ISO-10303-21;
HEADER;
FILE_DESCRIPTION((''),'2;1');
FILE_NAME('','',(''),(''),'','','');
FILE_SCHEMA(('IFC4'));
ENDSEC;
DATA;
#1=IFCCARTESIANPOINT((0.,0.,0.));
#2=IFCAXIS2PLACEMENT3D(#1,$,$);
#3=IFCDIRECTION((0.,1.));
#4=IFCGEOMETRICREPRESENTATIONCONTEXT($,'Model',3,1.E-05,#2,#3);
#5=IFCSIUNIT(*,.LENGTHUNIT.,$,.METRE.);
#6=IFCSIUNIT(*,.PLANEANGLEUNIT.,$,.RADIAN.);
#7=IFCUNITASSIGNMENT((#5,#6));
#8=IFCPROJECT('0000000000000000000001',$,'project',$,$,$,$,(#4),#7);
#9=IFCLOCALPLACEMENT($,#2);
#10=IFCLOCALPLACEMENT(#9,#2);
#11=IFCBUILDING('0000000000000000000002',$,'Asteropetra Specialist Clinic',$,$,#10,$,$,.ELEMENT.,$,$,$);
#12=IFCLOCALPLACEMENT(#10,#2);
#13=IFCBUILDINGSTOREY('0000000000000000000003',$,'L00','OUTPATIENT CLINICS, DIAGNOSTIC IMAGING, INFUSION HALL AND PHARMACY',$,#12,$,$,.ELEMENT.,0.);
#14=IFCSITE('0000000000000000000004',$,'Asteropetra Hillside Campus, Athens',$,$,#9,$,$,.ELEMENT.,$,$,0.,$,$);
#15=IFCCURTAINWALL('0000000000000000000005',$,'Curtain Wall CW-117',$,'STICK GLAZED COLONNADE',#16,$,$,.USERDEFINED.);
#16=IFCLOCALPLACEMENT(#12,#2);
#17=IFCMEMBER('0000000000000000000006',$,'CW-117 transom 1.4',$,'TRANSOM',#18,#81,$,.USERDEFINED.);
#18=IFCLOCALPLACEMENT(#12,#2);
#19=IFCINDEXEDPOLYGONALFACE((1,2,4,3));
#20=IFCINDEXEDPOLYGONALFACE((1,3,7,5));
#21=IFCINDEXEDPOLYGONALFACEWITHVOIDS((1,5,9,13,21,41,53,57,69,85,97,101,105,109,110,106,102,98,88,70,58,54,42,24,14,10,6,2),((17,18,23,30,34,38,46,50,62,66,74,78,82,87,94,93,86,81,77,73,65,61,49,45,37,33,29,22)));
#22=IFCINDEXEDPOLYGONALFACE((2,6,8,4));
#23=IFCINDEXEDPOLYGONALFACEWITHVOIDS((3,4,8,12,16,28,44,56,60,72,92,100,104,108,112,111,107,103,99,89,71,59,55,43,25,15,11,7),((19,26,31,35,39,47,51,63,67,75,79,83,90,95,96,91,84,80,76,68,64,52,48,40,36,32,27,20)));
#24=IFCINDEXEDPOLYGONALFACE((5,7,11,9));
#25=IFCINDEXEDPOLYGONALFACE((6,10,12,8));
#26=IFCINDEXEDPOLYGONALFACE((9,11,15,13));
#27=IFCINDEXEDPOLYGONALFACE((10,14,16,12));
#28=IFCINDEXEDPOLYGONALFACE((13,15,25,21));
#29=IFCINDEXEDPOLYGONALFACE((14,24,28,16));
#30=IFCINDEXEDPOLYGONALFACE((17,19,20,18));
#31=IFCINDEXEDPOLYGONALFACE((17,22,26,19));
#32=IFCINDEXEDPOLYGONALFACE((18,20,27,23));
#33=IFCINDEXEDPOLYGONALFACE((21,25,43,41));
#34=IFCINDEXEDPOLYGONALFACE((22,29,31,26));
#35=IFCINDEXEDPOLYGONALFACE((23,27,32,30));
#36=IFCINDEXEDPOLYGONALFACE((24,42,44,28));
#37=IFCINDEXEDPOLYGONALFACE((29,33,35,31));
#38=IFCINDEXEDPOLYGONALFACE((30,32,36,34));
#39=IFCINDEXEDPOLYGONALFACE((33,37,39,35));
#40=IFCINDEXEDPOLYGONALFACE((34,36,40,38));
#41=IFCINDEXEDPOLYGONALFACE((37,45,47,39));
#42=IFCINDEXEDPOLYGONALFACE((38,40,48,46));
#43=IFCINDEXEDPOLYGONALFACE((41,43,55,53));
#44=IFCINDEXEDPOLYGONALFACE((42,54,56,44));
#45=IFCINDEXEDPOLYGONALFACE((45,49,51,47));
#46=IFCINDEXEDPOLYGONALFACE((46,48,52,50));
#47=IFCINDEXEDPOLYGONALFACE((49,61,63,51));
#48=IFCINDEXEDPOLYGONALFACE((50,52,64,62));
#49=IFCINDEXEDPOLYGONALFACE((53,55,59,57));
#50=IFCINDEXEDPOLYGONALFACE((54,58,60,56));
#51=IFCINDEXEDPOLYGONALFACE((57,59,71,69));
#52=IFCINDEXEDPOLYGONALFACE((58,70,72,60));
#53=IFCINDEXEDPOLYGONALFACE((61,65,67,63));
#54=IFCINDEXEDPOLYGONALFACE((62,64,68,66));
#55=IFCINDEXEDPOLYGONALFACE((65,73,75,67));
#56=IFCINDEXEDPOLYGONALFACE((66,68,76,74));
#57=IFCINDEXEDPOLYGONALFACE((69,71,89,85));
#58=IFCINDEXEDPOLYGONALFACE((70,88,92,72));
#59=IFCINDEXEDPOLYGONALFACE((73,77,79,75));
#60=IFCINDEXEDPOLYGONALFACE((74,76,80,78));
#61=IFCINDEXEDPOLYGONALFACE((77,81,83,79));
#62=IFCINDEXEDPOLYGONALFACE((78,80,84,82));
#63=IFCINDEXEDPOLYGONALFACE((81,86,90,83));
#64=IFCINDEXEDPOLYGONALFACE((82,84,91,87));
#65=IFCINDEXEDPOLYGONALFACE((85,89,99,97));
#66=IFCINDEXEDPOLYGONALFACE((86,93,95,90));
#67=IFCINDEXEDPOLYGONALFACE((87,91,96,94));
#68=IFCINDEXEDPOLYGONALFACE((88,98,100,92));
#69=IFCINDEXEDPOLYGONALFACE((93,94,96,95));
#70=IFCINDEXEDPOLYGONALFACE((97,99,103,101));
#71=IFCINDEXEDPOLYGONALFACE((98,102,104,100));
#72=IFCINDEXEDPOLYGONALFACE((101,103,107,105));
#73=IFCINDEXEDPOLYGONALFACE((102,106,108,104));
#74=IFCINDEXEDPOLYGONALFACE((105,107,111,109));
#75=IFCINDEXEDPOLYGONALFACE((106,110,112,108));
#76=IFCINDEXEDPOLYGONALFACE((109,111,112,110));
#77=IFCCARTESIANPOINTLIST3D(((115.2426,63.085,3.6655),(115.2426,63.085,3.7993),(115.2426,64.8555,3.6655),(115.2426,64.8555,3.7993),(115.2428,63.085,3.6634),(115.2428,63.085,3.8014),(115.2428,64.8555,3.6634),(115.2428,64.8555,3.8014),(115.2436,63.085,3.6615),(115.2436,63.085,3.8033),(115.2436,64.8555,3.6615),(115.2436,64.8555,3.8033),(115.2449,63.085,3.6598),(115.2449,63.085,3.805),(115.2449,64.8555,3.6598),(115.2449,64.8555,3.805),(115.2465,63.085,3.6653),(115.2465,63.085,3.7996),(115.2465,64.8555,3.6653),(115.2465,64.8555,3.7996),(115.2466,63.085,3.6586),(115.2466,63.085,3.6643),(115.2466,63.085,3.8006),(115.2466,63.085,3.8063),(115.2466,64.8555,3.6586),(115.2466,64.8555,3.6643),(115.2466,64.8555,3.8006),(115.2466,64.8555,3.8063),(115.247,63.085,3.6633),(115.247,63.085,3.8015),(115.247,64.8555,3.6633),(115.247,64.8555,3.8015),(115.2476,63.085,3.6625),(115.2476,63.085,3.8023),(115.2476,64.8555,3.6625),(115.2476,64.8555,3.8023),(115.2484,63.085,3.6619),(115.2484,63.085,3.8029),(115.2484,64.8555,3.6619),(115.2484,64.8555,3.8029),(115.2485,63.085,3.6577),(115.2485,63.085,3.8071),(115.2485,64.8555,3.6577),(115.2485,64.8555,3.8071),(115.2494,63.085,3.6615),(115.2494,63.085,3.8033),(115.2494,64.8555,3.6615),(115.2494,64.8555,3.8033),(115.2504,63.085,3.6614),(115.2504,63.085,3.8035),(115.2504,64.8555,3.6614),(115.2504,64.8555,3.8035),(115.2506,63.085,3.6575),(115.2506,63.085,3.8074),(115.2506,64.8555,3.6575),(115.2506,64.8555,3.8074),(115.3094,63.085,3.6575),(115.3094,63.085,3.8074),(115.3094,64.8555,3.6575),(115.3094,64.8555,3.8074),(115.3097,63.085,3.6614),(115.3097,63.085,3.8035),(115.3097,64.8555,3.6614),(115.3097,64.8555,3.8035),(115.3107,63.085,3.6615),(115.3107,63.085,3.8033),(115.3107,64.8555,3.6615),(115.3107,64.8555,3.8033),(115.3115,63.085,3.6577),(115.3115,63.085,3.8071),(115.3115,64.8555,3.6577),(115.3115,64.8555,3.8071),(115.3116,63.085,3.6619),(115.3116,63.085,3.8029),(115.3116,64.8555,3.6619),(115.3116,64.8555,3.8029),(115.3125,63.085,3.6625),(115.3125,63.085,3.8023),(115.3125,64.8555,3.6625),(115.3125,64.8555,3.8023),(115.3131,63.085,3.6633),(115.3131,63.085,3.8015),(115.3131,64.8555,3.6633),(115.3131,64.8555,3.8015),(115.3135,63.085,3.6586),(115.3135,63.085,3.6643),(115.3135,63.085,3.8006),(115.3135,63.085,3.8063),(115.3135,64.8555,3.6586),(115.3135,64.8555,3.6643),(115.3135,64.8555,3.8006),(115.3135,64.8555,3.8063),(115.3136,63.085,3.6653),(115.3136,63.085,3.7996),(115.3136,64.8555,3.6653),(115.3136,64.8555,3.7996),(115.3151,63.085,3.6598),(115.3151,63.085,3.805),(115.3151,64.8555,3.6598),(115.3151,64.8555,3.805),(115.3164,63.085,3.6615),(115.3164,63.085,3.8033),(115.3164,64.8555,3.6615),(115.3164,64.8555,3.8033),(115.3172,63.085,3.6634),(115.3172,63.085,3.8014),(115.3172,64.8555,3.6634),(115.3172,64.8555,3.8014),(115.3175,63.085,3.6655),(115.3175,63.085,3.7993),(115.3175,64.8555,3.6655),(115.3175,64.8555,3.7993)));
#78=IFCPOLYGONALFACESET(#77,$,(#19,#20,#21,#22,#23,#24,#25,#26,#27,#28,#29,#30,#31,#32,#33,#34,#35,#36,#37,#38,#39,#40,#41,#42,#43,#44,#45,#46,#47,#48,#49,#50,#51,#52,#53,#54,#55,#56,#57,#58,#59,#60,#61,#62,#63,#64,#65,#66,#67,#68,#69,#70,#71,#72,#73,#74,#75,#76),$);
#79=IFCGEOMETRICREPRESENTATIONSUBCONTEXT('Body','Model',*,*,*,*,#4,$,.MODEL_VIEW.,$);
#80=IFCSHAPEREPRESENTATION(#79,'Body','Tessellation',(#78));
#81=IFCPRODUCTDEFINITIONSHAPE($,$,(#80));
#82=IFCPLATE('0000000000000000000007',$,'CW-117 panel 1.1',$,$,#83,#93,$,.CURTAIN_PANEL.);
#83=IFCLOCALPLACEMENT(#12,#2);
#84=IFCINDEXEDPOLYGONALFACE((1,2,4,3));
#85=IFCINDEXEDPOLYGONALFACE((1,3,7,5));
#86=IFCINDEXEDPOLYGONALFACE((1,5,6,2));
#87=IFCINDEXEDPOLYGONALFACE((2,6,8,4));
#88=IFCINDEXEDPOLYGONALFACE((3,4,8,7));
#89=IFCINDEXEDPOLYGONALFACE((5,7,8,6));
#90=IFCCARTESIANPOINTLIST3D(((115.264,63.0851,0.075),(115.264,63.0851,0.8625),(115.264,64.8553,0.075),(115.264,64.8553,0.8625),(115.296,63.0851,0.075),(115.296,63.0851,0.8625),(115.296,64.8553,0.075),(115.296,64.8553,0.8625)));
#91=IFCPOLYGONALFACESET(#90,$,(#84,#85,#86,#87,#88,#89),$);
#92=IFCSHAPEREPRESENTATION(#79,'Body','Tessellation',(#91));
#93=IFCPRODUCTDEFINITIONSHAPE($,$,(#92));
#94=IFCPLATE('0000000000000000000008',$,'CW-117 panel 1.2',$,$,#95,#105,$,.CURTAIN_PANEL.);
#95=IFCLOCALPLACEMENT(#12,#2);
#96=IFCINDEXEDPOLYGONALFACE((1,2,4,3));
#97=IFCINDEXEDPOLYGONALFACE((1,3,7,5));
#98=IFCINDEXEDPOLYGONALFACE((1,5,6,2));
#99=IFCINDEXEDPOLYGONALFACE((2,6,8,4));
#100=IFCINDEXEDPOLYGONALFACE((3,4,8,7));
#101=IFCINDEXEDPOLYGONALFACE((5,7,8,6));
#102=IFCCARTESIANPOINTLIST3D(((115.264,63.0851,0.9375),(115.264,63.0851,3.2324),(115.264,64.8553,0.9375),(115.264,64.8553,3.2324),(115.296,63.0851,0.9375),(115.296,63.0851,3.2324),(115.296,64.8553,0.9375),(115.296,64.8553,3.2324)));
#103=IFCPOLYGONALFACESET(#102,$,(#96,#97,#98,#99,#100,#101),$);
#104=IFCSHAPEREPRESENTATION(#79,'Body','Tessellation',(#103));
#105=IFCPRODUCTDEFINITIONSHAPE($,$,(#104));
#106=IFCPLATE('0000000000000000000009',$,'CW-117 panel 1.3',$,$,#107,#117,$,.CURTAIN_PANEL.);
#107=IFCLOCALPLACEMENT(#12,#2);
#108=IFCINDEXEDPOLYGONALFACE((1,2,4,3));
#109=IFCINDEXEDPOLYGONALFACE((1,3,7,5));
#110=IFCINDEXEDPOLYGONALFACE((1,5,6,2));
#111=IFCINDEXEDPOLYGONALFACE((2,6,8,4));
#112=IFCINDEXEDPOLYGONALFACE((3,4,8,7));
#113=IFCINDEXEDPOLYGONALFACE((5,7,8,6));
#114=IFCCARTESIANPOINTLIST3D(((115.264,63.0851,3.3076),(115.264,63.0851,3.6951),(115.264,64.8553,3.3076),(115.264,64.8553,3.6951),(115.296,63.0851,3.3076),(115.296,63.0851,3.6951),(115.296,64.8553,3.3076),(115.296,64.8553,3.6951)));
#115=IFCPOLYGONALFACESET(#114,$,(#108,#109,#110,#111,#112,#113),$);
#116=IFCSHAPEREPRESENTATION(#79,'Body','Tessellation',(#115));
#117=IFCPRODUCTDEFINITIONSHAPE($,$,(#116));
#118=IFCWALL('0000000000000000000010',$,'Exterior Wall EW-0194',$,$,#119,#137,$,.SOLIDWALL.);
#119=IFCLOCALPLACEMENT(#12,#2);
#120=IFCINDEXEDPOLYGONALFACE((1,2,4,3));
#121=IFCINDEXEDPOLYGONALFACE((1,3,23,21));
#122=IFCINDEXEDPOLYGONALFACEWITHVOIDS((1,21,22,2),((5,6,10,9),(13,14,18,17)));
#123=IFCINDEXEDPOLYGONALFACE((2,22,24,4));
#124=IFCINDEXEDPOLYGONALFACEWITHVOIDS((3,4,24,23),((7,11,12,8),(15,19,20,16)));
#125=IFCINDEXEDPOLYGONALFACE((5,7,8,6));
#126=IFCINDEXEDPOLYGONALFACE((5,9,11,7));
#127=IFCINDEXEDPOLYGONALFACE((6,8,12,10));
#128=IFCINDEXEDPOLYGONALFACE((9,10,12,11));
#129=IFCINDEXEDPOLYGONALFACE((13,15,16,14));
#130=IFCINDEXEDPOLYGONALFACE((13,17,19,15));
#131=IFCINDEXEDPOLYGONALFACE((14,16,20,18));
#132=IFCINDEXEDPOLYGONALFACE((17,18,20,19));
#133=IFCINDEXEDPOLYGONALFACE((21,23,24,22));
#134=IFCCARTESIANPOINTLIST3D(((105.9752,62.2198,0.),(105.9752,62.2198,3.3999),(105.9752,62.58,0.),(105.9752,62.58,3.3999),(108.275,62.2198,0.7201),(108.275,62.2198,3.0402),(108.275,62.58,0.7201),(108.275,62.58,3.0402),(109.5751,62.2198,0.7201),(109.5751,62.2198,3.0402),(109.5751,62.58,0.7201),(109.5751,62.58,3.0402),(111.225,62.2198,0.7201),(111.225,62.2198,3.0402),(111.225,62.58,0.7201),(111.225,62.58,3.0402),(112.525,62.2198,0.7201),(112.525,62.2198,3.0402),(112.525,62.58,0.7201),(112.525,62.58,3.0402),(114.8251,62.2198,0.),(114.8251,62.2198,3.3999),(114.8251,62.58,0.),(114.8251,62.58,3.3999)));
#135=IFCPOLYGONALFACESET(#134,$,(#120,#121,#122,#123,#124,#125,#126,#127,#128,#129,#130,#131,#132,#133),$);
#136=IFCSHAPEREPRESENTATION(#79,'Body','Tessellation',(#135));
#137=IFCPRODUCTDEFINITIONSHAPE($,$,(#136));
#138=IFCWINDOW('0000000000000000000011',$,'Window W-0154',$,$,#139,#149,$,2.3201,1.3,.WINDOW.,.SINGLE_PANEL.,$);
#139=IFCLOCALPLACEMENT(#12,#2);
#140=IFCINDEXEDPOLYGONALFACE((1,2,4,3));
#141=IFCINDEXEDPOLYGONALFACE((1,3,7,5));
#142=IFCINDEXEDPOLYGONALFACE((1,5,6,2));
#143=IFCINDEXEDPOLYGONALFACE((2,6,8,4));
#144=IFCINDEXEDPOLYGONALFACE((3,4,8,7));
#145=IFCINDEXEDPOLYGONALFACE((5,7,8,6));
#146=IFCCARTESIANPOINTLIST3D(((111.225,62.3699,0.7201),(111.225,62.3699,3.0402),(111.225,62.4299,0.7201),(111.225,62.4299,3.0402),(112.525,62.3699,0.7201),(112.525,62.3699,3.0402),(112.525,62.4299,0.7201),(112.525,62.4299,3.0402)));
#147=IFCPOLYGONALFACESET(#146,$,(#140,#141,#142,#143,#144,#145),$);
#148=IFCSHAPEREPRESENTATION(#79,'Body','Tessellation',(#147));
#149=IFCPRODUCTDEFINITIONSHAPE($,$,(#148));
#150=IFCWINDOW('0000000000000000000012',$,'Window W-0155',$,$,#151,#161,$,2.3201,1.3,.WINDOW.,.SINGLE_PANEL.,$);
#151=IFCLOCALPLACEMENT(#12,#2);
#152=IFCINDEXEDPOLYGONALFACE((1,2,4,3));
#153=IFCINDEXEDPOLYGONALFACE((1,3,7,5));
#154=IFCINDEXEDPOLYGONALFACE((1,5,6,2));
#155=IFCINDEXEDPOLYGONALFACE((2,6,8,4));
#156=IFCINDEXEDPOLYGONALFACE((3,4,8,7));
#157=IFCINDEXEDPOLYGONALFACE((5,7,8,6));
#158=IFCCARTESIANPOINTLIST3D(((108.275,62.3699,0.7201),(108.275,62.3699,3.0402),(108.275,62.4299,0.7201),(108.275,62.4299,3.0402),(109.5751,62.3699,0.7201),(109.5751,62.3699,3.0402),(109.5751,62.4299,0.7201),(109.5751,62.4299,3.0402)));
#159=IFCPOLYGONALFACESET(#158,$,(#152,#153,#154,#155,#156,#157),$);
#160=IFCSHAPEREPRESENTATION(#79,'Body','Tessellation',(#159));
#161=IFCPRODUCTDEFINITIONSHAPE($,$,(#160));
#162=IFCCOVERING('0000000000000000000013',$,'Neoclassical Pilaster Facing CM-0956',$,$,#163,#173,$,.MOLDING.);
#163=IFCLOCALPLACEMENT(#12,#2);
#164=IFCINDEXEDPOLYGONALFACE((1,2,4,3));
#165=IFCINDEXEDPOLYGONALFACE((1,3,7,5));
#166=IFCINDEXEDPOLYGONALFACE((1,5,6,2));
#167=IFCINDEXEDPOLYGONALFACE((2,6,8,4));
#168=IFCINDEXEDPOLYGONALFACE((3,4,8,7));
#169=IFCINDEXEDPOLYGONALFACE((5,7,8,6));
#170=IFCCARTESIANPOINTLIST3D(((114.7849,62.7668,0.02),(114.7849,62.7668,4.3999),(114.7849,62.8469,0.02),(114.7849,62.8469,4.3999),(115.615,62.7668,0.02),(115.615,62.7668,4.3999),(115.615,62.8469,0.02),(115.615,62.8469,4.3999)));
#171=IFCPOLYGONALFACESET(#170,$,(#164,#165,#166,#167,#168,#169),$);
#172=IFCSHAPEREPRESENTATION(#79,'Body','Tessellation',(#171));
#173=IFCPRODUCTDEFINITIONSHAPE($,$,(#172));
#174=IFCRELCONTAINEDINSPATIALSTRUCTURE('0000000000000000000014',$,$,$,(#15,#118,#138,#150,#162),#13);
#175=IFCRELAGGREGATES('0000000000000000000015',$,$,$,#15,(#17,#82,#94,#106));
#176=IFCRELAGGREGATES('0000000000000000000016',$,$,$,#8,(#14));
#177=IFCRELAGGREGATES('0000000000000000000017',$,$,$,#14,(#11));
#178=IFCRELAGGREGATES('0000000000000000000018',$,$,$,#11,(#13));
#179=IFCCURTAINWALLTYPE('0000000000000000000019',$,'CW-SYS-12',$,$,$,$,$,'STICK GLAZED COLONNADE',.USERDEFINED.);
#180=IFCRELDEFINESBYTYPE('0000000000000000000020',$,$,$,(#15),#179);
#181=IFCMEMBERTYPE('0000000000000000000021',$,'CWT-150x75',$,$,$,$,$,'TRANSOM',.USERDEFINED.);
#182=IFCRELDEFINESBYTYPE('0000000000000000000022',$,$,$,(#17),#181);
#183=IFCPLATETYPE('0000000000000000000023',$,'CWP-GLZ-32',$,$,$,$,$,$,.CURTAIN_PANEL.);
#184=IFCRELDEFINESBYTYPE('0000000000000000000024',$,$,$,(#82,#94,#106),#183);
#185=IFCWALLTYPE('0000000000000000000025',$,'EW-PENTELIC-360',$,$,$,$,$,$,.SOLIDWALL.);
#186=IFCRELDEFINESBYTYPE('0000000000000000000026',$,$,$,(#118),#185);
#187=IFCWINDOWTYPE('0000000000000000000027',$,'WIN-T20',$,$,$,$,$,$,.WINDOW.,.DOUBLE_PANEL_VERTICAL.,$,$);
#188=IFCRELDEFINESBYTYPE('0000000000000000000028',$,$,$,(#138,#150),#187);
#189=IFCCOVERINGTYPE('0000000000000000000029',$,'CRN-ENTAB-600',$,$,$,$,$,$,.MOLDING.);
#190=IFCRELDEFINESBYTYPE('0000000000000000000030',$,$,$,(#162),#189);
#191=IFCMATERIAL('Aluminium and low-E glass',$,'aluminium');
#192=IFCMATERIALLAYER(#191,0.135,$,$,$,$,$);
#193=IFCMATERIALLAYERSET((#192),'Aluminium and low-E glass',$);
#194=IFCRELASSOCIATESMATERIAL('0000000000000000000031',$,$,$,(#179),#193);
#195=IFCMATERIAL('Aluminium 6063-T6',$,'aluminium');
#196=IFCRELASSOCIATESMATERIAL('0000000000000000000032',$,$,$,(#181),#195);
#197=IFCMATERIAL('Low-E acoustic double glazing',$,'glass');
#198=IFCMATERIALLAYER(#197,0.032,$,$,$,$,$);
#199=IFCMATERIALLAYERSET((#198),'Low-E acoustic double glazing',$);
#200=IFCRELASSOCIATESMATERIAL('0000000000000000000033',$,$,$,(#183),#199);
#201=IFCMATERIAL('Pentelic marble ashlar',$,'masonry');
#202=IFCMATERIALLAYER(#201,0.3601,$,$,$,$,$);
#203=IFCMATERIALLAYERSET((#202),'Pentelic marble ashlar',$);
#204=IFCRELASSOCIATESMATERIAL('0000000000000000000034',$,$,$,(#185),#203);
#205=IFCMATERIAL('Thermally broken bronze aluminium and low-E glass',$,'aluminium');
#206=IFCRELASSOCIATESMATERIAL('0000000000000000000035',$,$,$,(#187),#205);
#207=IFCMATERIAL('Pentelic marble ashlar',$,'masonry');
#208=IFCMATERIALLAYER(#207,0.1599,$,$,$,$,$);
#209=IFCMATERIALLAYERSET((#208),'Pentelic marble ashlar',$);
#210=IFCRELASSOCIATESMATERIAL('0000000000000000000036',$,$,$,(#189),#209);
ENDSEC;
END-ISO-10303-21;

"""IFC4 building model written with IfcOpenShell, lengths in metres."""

from ifc_helpers import new_model, si_unit, direction, frame, frame_2d, origin, origin_2d, place, context, subcontext, project, spatial, rectangle, hollow_rectangle, extrude, material, layer, layer_set, material_profile, profile_set, type_object, element, fill, aggregate, save


model = new_model("IFC4")

# Units and contexts
model_context = context("Model", 3, precision=1e-05, world=origin(), true_north=direction((0.0, 1.0)))
body_context = subcontext(model_context, "Body", "Model", "MODEL_VIEW")
ifc_project = project(units=[si_unit("LENGTHUNIT", "METRE"), si_unit("PLANEANGLEUNIT", "RADIAN")], contexts=[model_context])

# Site, building, storey
site_placement = place(None, origin())
site = spatial("IfcSite", under=ifc_project, at=site_placement, Name="Asteropetra Hillside Campus, Athens", CompositionType="ELEMENT", RefElevation=0.0)
building_placement = place(site_placement, origin())
building = spatial("IfcBuilding", under=site, at=building_placement, Name="Asteropetra Specialist Clinic", CompositionType="ELEMENT")
storey_placement = place(building_placement, origin())
storey = spatial("IfcBuildingStorey", under=building, at=storey_placement, Name="L00", Description="OUTPATIENT CLINICS, DIAGNOSTIC IMAGING, INFUSION HALL AND PHARMACY", CompositionType="ELEMENT", Elevation=0.0)

# Curtain wall, member, plates
ifc_material_1 = material(Name="Aluminium and low-E glass", Category="aluminium")
ifc_layer_1 = layer(ifc_material_1, 0.135)
ifc_layer_set_1 = layer_set([ifc_layer_1], Name="Aluminium and low-E glass")
curtain_wall_type = type_object("IfcCurtainWallType", Name="CW-SYS-12", ElementType="STICK GLAZED COLONNADE", PredefinedType="USERDEFINED", material=ifc_layer_set_1)
curtain_wall_placement = place(storey_placement, origin())
curtain_wall = element("IfcCurtainWall", 1, at=curtain_wall_placement, inside=storey, type_object=curtain_wall_type, Name="Curtain Wall CW-117", ObjectType="STICK GLAZED COLONNADE", PredefinedType="USERDEFINED")
ifc_material_2 = material(Name="Aluminium 6063-T6", Category="aluminium")
ifc_material_profile_1 = material_profile(ifc_material_2, hollow_rectangle(XDim=0.075, YDim=0.1499, WallThickness=0.0039, InnerFilletRadius=0.0039, OuterFilletRadius=0.0081, at=origin_2d()), Name="TRN 150x75x4.0")
ifc_profile_set_1 = profile_set([ifc_material_profile_1], Name="Aluminium 6063-T6")
member_type_1 = type_object("IfcMemberType", Name="CWT-150x75", ElementType="TRANSOM", PredefinedType="USERDEFINED", material=ifc_profile_set_1)
member_1_placement = place(storey_placement, frame((115.28, 63.085, 3.7324), z_axis=(0.0, 1.0, 0.0), x_axis=(-1.0, 0.0, 0.0)))
member_1 = element("IfcMember", 2, at=member_1_placement, type_object=member_type_1, Name="CW-117 transom 1.4", ObjectType="TRANSOM", PredefinedType="USERDEFINED", context=body_context, shape_type="SweptSolid", body=[
    extrude(hollow_rectangle(XDim=0.075, YDim=0.1499, WallThickness=0.0039, InnerFilletRadius=0.0039, OuterFilletRadius=0.0081, at=origin_2d()), origin(), (0.0, 0.0, 1.0), 1.7705),
])
ifc_material_3 = material(Name="Low-E acoustic double glazing", Category="glass")
ifc_layer_2 = layer(ifc_material_3, 0.032)
ifc_layer_set_2 = layer_set([ifc_layer_2], Name="Low-E acoustic double glazing")
plate_type = type_object("IfcPlateType", Name="CWP-GLZ-32", PredefinedType="CURTAIN_PANEL", material=ifc_layer_set_2)
plate_1_placement = place(storey_placement, frame((115.28, 63.9702, 0.075), z_axis=(0.0, 0.0, 1.0), x_axis=(0.0, 1.0, 0.0)))
plate_1 = element("IfcPlate", 3, at=plate_1_placement, type_object=plate_type, Name="CW-117 panel 1.1", PredefinedType="CURTAIN_PANEL", context=body_context, shape_type="SweptSolid", body=[
    extrude(rectangle(XDim=1.7703, YDim=0.032, at=origin_2d()), origin(), (0.0, 0.0, 1.0), 0.7876),
])
plate_2_placement = place(storey_placement, frame((115.28, 63.9702, 0.9375), z_axis=(0.0, 0.0, 1.0), x_axis=(0.0, 1.0, 0.0)))
plate_2 = element("IfcPlate", 4, at=plate_2_placement, type_object=plate_type, Name="CW-117 panel 1.2", PredefinedType="CURTAIN_PANEL", context=body_context, shape_type="SweptSolid", body=[
    extrude(rectangle(XDim=1.7703, YDim=0.032, at=origin_2d()), origin(), (0.0, 0.0, 1.0), 2.2949),
])
plate_3_placement = place(storey_placement, frame((115.28, 63.9702, 3.3076), z_axis=(0.0, 0.0, 1.0), x_axis=(0.0, 1.0, 0.0)))
plate_3 = element("IfcPlate", 5, at=plate_3_placement, type_object=plate_type, Name="CW-117 panel 1.3", PredefinedType="CURTAIN_PANEL", context=body_context, shape_type="SweptSolid", body=[
    extrude(rectangle(XDim=1.7703, YDim=0.032, at=origin_2d()), origin(), (0.0, 0.0, 1.0), 0.3875),
])
aggregate(curtain_wall, [member_1, plate_1, plate_2, plate_3])

# Wall, openings, windows
ifc_material_4 = material(Name="Pentelic marble ashlar", Category="masonry")
ifc_layer_3 = layer(ifc_material_4, 0.3601)
ifc_layer_set_3 = layer_set([ifc_layer_3], Name="Pentelic marble ashlar")
wall_type = type_object("IfcWallType", Name="EW-PENTELIC-360", PredefinedType="SOLIDWALL", material=ifc_layer_set_3)
wall_placement = place(storey_placement, frame((114.825, 62.3999, 0.0), z_axis=(0.0, 0.0, 1.0), x_axis=(-1.0, 0.0, 0.0)))
wall = element("IfcWall", 6, at=wall_placement, inside=storey, type_object=wall_type, Name="Exterior Wall EW-0194", PredefinedType="SOLIDWALL", context=body_context, shape_type="SweptSolid", body=[
    extrude(rectangle(XDim=8.8499, YDim=0.3601, at=frame_2d((4.4248, 0.0))), origin(), (0.0, 0.0, 1.0), 3.3999),
])
opening_1_placement = place(wall_placement, frame((2.3, 0.0, 0.72)))
opening_1 = element("IfcOpeningElement", 7, at=opening_1_placement, cuts=wall, PredefinedType="OPENING", context=body_context, shape_type="SweptSolid", body=[
    extrude(rectangle(XDim=1.3, YDim=2.3201, at=frame_2d((0.6499, 1.1602))), frame((0.0, 0.1899, 0.0), z_axis=(0.0, -1.0, 0.0), x_axis=(1.0, 0.0, 0.0)), (0.0, 0.0, 1.0), 0.3801),
])
opening_2_placement = place(wall_placement, frame((5.25, 0.0, 0.72)))
opening_2 = element("IfcOpeningElement", 8, at=opening_2_placement, cuts=wall, PredefinedType="OPENING", context=body_context, shape_type="SweptSolid", body=[
    extrude(rectangle(XDim=1.3, YDim=2.3201, at=frame_2d((0.6499, 1.1602))), frame((0.0, 0.1899, 0.0), z_axis=(0.0, -1.0, 0.0), x_axis=(1.0, 0.0, 0.0)), (0.0, 0.0, 1.0), 0.3801),
])
ifc_material_5 = material(Name="Thermally broken bronze aluminium and low-E glass", Category="aluminium")
window_type = type_object("IfcWindowType", Name="WIN-T20", PartitioningType="DOUBLE_PANEL_VERTICAL", PredefinedType="WINDOW", material=ifc_material_5)
window_1_placement = place(opening_1_placement, origin())
window_1 = element("IfcWindow", 9, at=window_1_placement, inside=storey, type_object=window_type, Name="Window W-0154", OverallHeight=2.3201, OverallWidth=1.3, PartitioningType="SINGLE_PANEL", PredefinedType="WINDOW", context=body_context, shape_type="SweptSolid", body=[
    extrude(rectangle(XDim=1.3, YDim=2.3201, at=frame_2d((0.6499, 1.1602))), frame((0.0, 0.03, 0.0), z_axis=(0.0, -1.0, 0.0), x_axis=(1.0, 0.0, 0.0)), (0.0, 0.0, 1.0), 0.0601),
])
fill(opening_1, window_1)
window_2_placement = place(opening_2_placement, origin())
window_2 = element("IfcWindow", 10, at=window_2_placement, inside=storey, type_object=window_type, Name="Window W-0155", OverallHeight=2.3201, OverallWidth=1.3, PartitioningType="SINGLE_PANEL", PredefinedType="WINDOW", context=body_context, shape_type="SweptSolid", body=[
    extrude(rectangle(XDim=1.3, YDim=2.3201, at=frame_2d((0.6499, 1.1602))), frame((0.0, 0.03, 0.0), z_axis=(0.0, -1.0, 0.0), x_axis=(1.0, 0.0, 0.0)), (0.0, 0.0, 1.0), 0.0601),
])
fill(opening_2, window_2)

# Covering
ifc_material_6 = material(Name="Pentelic marble ashlar", Category="masonry")
ifc_layer_4 = layer(ifc_material_6, 0.1599)
ifc_layer_set_4 = layer_set([ifc_layer_4], Name="Pentelic marble ashlar")
covering_type = type_object("IfcCoveringType", Name="CRN-ENTAB-600", PredefinedType="MOLDING", material=ifc_layer_set_4)
covering_placement = place(storey_placement, frame((115.2, 62.8069, 0.02), z_axis=(0.0, 0.0, 1.0), x_axis=(1.0, 0.0, 0.0)))
element("IfcCovering", 11, at=covering_placement, inside=storey, type_object=covering_type, Name="Neoclassical Pilaster Facing CM-0956", PredefinedType="MOLDING", context=body_context, shape_type="SweptSolid", body=[
    extrude(rectangle(XDim=0.8301, YDim=0.0801, at=origin_2d()), origin(), (0.0, 0.0, 1.0), 4.3799),
])

save(model, "model.ifc")
